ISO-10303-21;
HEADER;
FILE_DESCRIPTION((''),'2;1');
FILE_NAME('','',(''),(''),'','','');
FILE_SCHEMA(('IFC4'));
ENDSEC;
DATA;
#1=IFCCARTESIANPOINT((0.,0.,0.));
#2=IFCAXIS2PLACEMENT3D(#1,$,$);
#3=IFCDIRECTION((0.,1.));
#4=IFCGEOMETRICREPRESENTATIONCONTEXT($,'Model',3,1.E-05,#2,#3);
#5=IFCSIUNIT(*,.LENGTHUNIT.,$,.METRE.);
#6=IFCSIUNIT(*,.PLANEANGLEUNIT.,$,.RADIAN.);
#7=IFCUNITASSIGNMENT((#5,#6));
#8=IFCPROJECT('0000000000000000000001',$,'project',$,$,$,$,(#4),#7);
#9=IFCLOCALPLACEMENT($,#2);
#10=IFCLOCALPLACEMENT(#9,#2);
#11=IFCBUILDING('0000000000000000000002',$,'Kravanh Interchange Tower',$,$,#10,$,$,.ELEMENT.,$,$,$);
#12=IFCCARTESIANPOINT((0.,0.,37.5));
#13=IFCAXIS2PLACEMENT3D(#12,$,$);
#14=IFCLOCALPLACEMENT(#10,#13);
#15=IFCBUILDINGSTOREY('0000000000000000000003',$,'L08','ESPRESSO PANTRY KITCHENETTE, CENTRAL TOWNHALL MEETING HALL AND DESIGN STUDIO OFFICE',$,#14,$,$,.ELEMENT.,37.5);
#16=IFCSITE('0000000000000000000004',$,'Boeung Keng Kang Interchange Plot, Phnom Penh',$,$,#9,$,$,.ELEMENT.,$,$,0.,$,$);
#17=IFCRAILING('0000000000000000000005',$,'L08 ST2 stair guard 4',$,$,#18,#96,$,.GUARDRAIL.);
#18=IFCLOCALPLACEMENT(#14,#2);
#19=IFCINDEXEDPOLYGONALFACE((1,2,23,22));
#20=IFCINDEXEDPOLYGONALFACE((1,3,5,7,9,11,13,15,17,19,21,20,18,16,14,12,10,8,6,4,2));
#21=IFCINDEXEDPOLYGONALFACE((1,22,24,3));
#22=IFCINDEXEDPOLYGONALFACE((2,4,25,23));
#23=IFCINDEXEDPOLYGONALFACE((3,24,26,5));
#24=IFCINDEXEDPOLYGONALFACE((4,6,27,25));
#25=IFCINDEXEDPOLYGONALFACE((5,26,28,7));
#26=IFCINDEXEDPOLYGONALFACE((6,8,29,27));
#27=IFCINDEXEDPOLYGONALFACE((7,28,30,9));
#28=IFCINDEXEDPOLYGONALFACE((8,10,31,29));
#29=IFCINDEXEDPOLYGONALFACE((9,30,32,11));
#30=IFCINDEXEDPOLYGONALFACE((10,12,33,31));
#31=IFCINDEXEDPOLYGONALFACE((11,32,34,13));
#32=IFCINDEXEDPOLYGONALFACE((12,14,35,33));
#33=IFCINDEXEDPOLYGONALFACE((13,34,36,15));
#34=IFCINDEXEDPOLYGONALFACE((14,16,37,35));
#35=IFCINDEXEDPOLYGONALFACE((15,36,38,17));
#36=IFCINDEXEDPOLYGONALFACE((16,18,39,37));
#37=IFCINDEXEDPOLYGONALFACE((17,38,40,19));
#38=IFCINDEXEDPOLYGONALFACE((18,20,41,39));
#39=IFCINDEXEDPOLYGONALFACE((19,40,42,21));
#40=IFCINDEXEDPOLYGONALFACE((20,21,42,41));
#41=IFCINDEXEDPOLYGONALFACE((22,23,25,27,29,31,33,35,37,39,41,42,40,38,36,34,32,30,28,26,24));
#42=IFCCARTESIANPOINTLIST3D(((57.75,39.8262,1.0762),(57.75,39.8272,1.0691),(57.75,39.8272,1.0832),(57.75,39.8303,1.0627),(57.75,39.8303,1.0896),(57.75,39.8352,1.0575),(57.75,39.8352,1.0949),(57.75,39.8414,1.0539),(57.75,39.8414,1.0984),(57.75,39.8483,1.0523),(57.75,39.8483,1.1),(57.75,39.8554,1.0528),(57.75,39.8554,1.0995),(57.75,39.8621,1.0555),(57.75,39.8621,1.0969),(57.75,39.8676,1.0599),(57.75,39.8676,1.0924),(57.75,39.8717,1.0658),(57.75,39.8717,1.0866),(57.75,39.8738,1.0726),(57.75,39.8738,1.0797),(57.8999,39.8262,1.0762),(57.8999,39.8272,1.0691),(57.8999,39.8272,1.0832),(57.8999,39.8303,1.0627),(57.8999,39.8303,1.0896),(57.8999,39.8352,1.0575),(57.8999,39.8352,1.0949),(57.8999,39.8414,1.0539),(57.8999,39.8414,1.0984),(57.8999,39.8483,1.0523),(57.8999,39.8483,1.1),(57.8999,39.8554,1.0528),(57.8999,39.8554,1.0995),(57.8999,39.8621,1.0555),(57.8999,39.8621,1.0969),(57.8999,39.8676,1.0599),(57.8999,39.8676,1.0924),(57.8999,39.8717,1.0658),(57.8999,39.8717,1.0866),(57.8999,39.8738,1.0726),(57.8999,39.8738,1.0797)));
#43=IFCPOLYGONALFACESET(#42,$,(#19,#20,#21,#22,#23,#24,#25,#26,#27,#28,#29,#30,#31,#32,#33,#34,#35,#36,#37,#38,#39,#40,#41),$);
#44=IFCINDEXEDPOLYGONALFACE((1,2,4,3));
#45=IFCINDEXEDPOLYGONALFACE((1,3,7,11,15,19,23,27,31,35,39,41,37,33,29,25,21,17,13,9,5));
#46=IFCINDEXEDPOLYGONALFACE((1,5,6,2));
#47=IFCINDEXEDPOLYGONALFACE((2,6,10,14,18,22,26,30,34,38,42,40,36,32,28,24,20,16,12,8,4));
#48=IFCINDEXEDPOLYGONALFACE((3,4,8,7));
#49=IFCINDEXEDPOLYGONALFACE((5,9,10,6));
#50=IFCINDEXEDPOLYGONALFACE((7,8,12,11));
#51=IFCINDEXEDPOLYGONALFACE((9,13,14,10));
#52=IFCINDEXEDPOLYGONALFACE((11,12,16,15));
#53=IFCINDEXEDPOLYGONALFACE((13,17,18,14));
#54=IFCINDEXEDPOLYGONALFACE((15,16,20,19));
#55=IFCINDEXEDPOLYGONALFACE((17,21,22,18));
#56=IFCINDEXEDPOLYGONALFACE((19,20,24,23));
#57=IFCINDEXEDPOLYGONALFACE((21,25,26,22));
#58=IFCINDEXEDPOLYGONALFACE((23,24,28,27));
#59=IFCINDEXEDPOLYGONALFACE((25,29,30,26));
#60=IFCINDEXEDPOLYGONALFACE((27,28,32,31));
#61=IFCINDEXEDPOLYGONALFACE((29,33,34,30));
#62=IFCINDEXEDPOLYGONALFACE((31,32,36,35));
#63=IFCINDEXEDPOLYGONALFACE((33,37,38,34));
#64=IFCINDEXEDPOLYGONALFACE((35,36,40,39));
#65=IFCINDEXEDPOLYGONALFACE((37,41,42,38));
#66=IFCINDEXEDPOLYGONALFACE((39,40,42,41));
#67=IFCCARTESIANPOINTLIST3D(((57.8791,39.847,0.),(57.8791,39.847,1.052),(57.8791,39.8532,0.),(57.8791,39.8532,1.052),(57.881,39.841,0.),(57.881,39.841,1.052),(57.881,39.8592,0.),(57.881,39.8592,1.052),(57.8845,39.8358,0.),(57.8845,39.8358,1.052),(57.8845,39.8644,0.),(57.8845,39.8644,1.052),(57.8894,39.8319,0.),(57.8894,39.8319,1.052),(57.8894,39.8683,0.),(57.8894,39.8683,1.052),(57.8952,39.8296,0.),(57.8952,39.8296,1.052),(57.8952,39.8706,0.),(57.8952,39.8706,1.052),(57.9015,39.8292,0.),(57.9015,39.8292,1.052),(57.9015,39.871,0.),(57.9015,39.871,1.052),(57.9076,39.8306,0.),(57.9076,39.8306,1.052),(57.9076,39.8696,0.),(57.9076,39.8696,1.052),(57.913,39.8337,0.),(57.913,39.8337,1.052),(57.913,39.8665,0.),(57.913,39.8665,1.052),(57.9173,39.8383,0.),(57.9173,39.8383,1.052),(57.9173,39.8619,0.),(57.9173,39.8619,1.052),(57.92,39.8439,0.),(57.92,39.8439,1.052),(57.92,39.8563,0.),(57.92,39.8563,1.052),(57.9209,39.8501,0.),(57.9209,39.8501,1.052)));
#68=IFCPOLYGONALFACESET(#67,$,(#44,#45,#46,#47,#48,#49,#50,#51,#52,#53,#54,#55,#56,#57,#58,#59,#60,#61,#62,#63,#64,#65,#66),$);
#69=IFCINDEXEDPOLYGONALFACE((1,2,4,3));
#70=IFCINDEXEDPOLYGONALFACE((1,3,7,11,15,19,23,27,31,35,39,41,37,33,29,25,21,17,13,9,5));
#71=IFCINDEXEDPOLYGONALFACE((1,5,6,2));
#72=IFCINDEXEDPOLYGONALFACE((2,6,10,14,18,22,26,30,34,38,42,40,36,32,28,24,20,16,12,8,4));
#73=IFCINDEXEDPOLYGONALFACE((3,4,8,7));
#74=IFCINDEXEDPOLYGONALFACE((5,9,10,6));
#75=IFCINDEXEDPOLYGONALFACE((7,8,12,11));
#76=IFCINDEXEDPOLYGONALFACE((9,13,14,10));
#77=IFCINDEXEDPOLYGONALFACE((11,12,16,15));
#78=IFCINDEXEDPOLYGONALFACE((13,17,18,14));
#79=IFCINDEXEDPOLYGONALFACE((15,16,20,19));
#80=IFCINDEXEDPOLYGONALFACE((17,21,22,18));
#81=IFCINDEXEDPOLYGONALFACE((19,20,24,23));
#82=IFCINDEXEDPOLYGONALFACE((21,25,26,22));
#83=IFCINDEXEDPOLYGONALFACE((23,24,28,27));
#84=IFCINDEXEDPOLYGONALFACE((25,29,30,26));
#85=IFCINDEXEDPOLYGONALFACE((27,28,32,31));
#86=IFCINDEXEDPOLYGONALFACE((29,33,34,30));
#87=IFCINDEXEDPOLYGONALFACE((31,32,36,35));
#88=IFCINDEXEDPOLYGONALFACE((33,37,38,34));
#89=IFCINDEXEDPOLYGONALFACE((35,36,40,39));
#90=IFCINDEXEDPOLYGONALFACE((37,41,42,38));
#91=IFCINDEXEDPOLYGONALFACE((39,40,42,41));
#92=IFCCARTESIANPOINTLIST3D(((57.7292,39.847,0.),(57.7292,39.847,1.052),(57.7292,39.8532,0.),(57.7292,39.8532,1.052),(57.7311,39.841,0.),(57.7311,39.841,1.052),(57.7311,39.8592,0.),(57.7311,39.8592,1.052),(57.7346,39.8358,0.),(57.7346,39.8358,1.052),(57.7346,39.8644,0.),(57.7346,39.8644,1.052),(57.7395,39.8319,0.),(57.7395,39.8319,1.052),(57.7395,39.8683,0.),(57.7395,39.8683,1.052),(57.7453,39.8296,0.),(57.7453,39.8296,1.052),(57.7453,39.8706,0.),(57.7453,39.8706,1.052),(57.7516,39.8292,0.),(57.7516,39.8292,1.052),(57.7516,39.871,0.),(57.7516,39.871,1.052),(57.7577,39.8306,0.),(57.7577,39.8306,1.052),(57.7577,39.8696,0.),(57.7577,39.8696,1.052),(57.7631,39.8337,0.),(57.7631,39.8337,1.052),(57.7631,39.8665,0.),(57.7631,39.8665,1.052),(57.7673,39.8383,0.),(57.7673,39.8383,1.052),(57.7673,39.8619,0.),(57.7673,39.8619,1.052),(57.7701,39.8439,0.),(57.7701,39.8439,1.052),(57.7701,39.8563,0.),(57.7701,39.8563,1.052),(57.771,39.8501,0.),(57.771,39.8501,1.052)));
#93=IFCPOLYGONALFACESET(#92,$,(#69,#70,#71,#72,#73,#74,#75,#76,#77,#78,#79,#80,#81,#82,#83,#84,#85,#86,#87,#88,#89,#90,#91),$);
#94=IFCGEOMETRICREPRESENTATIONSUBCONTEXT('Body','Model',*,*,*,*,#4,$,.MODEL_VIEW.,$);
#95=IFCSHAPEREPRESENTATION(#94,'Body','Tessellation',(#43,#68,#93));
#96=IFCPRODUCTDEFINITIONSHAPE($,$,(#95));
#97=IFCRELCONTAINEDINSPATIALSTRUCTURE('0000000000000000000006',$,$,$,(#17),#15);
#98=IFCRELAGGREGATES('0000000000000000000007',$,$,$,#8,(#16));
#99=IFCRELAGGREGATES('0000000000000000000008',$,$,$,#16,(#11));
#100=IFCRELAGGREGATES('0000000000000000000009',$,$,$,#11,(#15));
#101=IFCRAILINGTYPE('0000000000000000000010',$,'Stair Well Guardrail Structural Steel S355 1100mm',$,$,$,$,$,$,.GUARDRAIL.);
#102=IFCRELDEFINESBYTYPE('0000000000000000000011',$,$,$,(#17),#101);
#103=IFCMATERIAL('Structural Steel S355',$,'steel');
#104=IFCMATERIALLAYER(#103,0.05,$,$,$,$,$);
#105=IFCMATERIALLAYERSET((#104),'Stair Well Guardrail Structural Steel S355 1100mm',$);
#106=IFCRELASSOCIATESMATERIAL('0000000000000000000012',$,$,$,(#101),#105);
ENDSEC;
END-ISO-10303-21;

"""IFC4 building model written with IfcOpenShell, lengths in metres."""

from ifc_helpers import new_model, si_unit, direction, frame, origin, origin_2d, place, context, subcontext, project, spatial, circle, extrude, material, layer, layer_set, type_object, element, save


model = new_model("IFC4")

# Units and contexts
model_context = context("Model", 3, precision=1e-05, world=origin(), true_north=direction((0.0, 1.0)))
body_context = subcontext(model_context, "Body", "Model", "MODEL_VIEW")
ifc_project = project(units=[si_unit("LENGTHUNIT", "METRE"), si_unit("PLANEANGLEUNIT", "RADIAN")], contexts=[model_context])

# Site, building, storey
site_placement = place(None, origin())
site = spatial("IfcSite", under=ifc_project, at=site_placement, Name="Boeung Keng Kang Interchange Plot, Phnom Penh", CompositionType="ELEMENT", RefElevation=0.0)
building_placement = place(site_placement, origin())
building = spatial("IfcBuilding", under=site, at=building_placement, Name="Kravanh Interchange Tower", CompositionType="ELEMENT")
storey_placement = place(building_placement, frame((0.0, 0.0, 37.5)))
storey = spatial("IfcBuildingStorey", under=building, at=storey_placement, Name="L08", Description="ESPRESSO PANTRY KITCHENETTE, CENTRAL TOWNHALL MEETING HALL AND DESIGN STUDIO OFFICE", CompositionType="ELEMENT", Elevation=37.5)

# Railing
ifc_material_1 = material(Name="Structural Steel S355", Category="steel")
ifc_layer_1 = layer(ifc_material_1, 0.05)
ifc_layer_set_1 = layer_set([ifc_layer_1], Name="Stair Well Guardrail Structural Steel S355 1100mm")
railing_type_1 = type_object("IfcRailingType", Name="Stair Well Guardrail Structural Steel S355 1100mm", PredefinedType="GUARDRAIL", material=ifc_layer_set_1)
railing_1_placement = place(storey_placement, frame((57.8999, 39.8501, 0.0)))
element("IfcRailing", 1, at=railing_1_placement, inside=storey, type_object=railing_type_1, Name="L08 ST2 stair guard 4", PredefinedType="GUARDRAIL", context=body_context, shape_type="SweptSolid", body=[
    extrude(circle(Radius=0.0239, at=origin_2d()), frame((0.0, 0.0, 1.0762), z_axis=(-1.0, 0.0, 0.0), x_axis=(0.0, -1.0, 0.0)), (0.0, 0.0, 1.0), 0.1499),
    extrude(circle(Radius=0.021, at=origin_2d()), origin(), (0.0, 0.0, 1.0), 1.052),
    extrude(circle(Radius=0.021, at=origin_2d()), frame((-0.1499, 0.0, 0.0)), (0.0, 0.0, 1.0), 1.052),
])

save(model, "model.ifc")
